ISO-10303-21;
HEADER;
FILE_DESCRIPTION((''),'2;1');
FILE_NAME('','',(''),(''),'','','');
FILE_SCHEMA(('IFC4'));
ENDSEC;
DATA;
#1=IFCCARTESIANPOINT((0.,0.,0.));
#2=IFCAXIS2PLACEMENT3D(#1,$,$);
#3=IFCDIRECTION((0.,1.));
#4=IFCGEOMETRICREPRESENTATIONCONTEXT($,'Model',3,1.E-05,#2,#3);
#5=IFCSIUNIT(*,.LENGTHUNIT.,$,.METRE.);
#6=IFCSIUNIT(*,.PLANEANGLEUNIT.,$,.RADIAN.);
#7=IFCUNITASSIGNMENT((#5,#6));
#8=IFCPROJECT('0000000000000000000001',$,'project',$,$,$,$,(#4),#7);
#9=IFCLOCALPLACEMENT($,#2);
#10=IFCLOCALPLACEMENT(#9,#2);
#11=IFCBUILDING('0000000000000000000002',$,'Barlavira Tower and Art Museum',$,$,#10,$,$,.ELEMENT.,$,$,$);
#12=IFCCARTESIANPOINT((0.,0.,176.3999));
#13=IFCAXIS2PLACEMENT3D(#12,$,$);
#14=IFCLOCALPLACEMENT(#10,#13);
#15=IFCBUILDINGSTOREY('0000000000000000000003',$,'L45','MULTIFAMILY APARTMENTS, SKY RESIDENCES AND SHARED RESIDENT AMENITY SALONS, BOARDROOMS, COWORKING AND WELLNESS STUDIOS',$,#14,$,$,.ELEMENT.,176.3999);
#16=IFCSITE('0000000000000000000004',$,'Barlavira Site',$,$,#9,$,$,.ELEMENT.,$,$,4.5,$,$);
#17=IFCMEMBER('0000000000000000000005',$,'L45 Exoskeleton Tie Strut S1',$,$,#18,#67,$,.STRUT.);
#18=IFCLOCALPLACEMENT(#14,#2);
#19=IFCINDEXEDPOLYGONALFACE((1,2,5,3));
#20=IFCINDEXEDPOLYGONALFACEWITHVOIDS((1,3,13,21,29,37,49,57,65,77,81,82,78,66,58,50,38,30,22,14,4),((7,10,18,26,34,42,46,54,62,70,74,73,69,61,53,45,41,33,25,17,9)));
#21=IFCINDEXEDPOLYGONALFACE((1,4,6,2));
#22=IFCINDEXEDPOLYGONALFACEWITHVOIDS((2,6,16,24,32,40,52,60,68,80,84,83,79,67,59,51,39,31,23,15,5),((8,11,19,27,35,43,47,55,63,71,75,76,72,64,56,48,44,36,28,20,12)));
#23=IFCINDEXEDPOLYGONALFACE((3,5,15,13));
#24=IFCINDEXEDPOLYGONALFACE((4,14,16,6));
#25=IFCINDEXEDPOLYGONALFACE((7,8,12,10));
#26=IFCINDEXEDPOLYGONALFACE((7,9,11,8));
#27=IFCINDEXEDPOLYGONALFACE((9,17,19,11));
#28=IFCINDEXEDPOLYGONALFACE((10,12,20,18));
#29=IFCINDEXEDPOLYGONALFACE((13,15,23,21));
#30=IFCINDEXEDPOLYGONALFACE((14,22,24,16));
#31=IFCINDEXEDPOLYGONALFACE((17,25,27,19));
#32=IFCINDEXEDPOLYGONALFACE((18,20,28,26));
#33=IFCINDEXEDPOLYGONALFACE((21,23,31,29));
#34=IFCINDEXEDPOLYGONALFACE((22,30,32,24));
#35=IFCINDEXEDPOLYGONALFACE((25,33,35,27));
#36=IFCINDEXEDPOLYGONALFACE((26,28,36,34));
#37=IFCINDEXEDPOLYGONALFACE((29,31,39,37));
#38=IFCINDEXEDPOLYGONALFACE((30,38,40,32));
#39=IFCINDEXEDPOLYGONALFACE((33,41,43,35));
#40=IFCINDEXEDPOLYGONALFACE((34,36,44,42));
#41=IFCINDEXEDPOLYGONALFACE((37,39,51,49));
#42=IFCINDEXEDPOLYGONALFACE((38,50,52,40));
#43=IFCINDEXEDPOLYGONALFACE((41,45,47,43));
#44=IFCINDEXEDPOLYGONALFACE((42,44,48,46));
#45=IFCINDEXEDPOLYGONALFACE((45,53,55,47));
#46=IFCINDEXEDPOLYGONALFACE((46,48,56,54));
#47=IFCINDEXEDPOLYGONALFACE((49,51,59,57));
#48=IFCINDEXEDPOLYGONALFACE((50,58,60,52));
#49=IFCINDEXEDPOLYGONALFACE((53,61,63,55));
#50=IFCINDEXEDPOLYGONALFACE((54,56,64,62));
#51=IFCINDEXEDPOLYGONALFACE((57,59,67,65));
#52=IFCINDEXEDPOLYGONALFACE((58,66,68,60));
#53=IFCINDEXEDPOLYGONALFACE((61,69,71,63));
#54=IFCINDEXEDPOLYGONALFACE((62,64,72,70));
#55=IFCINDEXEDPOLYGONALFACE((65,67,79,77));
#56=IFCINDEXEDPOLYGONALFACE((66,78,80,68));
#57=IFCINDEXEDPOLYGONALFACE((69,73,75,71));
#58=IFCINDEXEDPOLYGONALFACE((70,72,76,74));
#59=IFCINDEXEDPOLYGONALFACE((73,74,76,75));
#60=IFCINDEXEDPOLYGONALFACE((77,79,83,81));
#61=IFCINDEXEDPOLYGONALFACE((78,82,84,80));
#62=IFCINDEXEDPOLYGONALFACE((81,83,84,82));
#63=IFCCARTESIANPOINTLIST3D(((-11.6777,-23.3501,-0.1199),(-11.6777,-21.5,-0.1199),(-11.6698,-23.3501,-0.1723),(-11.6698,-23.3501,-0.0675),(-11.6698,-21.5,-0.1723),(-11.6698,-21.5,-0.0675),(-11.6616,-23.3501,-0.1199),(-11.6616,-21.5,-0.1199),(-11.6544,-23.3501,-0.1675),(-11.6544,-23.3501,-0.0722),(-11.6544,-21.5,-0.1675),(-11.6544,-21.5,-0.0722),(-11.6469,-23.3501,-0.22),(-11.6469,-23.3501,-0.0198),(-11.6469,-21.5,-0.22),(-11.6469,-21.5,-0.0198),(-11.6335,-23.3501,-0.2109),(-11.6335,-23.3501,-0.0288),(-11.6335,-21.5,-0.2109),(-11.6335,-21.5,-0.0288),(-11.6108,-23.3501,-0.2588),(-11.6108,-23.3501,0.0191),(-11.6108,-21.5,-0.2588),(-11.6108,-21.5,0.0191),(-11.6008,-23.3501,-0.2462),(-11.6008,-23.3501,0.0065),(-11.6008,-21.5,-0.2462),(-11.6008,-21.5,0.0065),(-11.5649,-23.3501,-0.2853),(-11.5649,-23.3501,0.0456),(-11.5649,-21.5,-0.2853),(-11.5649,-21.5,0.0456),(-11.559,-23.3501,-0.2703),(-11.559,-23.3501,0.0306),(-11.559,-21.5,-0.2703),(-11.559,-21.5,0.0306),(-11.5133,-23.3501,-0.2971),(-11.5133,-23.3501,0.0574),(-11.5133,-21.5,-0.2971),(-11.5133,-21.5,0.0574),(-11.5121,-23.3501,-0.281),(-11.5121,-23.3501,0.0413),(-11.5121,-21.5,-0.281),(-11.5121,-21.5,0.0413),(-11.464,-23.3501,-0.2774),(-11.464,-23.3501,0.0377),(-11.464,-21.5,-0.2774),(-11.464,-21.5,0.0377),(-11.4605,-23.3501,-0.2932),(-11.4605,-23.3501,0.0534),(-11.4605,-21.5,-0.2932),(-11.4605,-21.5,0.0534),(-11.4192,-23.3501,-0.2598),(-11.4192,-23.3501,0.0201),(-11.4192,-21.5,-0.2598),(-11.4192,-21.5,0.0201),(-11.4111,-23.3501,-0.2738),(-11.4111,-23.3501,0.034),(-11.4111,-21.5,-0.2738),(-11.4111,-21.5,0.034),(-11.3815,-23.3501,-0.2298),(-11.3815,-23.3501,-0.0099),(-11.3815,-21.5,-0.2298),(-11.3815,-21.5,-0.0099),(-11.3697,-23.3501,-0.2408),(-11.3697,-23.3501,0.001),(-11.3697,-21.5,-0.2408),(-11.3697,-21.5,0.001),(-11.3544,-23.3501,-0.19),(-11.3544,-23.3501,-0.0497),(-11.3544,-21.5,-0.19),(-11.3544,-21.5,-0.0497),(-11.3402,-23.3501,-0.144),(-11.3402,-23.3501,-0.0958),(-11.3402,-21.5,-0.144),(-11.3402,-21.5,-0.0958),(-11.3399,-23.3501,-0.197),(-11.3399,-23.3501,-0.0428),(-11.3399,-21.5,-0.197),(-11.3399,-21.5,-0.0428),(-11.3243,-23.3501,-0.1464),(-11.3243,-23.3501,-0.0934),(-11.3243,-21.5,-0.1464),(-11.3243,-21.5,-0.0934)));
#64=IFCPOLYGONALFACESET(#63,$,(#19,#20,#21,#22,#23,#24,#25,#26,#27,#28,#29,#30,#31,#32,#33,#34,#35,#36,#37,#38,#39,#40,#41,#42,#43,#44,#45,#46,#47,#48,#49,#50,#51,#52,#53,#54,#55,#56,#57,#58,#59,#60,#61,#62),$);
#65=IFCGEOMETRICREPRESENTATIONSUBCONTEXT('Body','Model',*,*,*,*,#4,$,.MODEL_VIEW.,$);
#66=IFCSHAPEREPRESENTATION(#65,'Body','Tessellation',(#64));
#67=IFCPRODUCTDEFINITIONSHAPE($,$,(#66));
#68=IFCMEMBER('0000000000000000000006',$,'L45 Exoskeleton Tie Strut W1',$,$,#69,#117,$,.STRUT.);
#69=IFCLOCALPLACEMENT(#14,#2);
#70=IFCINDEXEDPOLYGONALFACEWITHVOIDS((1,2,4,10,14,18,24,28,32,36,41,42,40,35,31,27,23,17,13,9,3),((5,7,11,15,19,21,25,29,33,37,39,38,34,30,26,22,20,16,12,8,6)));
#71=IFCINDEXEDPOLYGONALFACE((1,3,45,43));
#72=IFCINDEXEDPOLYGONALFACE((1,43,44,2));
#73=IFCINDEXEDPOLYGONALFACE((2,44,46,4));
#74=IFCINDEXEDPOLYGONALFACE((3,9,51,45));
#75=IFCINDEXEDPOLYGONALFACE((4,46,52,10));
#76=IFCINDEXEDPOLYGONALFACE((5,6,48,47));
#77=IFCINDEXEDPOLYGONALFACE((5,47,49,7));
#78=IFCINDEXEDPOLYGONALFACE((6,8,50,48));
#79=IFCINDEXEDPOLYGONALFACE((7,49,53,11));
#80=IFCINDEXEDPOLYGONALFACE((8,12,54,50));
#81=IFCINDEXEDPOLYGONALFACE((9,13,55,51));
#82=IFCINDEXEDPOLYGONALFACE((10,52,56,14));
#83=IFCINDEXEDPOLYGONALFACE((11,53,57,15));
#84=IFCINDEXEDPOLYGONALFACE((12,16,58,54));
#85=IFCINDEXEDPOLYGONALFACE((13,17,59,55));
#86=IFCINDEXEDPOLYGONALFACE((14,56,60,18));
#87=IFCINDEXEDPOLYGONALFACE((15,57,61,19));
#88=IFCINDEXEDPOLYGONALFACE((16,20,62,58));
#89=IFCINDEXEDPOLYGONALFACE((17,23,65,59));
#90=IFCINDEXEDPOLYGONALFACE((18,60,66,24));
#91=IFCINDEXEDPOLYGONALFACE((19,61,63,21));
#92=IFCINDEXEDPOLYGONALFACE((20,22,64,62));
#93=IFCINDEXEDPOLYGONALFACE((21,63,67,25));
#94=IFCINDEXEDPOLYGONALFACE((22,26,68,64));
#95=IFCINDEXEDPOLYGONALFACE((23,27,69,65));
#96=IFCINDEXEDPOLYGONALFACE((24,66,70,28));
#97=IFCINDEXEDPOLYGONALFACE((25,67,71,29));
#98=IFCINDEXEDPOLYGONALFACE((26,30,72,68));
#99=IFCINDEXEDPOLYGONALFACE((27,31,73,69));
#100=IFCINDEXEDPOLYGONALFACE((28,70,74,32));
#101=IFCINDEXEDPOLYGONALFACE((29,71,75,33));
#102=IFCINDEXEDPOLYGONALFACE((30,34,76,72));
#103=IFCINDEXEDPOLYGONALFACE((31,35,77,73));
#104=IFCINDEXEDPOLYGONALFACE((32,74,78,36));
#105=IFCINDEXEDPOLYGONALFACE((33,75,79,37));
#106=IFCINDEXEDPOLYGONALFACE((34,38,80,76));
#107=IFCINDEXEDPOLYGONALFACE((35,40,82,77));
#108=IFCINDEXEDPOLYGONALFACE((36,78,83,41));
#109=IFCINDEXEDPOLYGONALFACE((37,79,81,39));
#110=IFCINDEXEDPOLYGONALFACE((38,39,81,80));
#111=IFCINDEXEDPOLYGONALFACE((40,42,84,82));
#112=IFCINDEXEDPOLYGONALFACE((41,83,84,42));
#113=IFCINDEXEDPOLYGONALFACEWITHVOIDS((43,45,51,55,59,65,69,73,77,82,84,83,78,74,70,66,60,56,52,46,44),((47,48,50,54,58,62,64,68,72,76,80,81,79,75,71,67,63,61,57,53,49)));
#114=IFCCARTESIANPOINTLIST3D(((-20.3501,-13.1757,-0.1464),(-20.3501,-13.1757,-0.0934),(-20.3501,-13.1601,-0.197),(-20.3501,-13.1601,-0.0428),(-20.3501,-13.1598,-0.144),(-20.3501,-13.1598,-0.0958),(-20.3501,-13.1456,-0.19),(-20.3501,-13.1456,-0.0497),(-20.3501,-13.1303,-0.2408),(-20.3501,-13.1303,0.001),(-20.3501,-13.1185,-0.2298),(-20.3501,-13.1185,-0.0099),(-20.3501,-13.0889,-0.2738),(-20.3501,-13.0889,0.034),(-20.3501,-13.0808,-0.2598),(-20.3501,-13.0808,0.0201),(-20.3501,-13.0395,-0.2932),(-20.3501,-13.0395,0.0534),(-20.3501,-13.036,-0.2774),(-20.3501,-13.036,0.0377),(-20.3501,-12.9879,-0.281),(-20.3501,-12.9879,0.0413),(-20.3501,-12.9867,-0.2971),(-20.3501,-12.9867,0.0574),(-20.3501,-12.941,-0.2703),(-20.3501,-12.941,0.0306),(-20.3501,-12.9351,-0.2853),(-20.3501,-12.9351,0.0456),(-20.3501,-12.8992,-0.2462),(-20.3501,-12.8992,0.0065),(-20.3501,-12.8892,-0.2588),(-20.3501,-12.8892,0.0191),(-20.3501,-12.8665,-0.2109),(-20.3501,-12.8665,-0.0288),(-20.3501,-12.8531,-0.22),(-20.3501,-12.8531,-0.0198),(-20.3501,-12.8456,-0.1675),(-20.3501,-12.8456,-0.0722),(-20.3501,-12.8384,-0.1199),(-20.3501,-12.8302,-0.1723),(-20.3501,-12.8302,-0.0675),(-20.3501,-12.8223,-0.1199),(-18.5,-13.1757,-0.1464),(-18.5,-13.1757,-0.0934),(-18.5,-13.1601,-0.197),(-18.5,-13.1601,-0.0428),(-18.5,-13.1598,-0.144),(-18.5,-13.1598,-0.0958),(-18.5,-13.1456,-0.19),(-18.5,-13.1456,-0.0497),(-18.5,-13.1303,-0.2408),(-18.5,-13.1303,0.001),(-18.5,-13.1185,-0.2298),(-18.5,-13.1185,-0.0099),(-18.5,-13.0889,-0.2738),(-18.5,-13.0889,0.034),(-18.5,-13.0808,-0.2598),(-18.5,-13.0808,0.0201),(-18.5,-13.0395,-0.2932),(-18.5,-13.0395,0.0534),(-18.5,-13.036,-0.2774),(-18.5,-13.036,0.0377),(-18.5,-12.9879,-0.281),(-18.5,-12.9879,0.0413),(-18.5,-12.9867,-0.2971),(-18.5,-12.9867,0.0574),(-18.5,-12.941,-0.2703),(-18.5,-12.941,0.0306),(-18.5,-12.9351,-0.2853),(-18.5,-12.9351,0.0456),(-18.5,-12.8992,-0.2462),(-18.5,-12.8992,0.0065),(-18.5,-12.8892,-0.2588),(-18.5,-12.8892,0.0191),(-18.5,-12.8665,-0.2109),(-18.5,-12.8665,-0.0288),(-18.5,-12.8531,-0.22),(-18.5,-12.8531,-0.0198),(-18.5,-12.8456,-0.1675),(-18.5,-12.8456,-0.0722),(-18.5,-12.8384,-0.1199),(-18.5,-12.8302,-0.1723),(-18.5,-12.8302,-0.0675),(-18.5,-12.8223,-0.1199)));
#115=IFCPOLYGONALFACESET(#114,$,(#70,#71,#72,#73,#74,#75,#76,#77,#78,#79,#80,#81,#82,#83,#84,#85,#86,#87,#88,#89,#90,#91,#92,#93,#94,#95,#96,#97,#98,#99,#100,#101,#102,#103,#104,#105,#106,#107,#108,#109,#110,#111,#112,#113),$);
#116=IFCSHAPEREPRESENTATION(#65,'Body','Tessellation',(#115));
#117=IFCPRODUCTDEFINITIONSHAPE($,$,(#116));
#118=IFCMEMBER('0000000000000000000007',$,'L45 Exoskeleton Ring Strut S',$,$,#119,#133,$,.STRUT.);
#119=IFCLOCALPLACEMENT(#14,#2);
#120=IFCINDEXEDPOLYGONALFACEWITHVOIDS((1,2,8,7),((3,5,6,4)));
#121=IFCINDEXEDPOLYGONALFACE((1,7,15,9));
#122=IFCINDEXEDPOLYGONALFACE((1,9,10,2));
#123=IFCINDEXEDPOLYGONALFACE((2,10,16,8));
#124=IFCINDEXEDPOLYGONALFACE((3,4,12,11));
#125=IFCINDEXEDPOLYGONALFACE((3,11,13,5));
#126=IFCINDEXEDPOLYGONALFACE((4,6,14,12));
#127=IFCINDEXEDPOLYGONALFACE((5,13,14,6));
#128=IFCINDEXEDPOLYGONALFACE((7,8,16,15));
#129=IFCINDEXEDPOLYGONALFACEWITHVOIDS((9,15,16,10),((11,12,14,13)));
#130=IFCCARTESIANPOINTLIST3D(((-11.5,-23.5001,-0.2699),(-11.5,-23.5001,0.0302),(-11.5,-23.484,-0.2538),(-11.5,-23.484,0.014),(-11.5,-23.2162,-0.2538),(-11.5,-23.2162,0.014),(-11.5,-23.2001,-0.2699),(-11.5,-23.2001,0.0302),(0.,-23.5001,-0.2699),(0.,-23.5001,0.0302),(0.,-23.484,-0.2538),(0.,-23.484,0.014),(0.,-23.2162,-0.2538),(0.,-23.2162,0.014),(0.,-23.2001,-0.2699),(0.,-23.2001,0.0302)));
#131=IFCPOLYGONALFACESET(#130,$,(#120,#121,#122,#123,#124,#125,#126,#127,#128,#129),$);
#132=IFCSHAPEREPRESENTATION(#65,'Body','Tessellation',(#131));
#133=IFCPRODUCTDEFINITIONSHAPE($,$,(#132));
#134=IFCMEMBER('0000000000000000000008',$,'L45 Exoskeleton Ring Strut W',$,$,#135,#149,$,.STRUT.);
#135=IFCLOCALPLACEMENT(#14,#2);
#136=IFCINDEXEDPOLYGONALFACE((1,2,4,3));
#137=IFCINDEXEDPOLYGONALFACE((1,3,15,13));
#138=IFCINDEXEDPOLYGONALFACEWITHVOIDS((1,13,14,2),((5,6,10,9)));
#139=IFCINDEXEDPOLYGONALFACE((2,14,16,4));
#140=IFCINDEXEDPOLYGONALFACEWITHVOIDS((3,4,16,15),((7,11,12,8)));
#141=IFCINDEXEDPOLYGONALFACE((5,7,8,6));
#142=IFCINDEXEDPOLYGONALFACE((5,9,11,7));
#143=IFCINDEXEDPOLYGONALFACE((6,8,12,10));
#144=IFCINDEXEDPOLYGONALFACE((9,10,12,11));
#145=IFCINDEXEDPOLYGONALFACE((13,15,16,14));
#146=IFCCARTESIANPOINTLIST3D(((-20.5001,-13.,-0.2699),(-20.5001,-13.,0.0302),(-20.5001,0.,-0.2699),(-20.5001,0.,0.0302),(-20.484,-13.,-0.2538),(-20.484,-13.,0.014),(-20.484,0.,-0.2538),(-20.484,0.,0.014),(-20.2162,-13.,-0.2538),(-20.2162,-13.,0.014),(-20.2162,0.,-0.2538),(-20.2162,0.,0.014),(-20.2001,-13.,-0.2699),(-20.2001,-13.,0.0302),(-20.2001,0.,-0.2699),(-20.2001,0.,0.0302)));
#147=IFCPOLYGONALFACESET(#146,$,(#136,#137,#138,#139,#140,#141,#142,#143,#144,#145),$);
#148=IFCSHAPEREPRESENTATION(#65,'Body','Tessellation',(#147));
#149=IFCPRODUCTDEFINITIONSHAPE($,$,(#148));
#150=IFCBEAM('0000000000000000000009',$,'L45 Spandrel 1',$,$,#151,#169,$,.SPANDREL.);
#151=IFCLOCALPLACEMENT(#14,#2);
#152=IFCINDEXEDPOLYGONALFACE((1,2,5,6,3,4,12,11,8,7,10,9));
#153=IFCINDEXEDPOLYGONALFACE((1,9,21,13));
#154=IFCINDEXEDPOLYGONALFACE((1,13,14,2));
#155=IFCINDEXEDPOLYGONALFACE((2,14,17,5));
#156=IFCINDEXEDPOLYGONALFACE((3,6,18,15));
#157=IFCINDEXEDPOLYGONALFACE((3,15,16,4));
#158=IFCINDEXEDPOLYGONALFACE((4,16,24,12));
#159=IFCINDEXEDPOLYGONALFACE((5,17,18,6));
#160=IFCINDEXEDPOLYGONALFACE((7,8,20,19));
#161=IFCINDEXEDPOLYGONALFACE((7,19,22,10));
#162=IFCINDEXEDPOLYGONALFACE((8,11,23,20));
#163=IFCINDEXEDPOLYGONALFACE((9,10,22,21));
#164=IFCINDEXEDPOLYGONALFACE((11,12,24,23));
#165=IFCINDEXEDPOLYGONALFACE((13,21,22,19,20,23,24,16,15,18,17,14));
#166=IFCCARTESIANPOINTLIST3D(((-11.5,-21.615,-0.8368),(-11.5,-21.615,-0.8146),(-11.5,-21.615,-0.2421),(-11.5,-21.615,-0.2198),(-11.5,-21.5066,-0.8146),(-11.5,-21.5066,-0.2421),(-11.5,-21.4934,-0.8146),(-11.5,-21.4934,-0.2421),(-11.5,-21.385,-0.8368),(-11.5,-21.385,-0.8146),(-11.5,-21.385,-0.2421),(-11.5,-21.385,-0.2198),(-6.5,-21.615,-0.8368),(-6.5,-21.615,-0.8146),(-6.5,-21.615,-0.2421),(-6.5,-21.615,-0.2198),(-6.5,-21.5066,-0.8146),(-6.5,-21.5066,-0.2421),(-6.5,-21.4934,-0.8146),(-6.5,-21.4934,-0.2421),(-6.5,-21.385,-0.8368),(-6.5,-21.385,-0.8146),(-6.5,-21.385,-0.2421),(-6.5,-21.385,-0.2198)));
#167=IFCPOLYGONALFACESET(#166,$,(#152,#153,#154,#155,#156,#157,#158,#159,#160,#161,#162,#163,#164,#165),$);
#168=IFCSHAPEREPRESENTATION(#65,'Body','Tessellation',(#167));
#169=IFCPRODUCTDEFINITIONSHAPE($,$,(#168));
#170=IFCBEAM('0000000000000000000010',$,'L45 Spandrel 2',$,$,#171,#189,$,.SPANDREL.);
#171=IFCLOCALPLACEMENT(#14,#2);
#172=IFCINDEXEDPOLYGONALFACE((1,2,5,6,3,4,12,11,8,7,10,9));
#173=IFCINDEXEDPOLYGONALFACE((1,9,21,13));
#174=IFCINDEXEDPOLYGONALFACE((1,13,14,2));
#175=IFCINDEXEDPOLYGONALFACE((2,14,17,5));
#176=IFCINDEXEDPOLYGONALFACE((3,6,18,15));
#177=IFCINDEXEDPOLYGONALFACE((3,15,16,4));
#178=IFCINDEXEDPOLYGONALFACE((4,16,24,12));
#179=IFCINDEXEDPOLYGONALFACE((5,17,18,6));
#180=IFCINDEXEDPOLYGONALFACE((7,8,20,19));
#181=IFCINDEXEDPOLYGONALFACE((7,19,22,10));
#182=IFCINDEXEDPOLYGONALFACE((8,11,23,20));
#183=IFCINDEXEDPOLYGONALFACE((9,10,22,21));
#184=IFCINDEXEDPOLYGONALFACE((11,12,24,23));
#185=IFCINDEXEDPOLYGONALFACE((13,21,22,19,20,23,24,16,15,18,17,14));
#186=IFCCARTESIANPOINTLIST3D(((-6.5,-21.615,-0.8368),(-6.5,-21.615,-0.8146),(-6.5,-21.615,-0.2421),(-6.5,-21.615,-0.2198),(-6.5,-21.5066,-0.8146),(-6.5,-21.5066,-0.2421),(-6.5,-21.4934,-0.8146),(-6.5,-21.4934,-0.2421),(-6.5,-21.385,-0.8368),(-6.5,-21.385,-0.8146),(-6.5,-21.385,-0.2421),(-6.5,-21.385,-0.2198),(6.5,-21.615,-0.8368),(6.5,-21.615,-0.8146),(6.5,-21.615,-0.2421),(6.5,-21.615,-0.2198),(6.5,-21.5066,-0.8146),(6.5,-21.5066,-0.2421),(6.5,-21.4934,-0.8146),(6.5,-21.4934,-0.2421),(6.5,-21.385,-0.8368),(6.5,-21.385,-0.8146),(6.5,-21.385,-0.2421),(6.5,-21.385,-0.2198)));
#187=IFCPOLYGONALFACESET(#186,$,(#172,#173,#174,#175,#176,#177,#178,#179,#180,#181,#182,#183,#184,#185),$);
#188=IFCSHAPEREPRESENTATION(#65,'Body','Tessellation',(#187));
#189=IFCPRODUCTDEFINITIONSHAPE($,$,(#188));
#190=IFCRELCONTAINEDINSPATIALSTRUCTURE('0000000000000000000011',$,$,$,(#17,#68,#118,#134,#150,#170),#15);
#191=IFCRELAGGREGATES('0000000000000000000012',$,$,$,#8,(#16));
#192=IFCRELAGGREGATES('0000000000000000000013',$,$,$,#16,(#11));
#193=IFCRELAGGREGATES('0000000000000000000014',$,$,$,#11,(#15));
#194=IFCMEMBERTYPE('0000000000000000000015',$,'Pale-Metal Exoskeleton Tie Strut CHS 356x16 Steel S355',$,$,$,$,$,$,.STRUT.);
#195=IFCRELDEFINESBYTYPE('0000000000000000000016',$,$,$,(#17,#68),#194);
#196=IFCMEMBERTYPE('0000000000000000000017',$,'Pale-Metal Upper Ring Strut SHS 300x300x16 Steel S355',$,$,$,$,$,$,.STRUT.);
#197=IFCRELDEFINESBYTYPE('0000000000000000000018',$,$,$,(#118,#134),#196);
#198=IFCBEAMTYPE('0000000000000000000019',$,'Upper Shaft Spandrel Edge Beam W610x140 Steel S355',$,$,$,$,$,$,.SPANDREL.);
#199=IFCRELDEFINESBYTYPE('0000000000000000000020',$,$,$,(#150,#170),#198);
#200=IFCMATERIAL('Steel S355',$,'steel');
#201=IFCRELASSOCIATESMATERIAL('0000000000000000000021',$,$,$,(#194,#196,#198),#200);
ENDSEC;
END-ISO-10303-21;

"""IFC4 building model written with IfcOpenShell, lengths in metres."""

from ifc_helpers import new_model, si_unit, direction, frame, origin, origin_2d, place, context, subcontext, project, spatial, hollow_rectangle, hollow_circle, i_section, extrude, material, material_profile, profile_set, type_object, element, save


model = new_model("IFC4")

# Units and contexts
model_context = context("Model", 3, precision=1e-05, world=origin(), true_north=direction((0.0, 1.0)))
body_context = subcontext(model_context, "Body", "Model", "MODEL_VIEW")
ifc_project = project(units=[si_unit("LENGTHUNIT", "METRE"), si_unit("PLANEANGLEUNIT", "RADIAN")], contexts=[model_context])

# Site, building, storey
site_placement = place(None, origin())
site = spatial("IfcSite", under=ifc_project, at=site_placement, Name="Barlavira Site", CompositionType="ELEMENT", RefElevation=4.5)
building_placement = place(site_placement, origin())
building = spatial("IfcBuilding", under=site, at=building_placement, Name="Barlavira Tower and Art Museum", CompositionType="ELEMENT")
storey_placement = place(building_placement, frame((0.0, 0.0, 176.3999)))
storey = spatial("IfcBuildingStorey", under=building, at=storey_placement, Name="L45", Description="MULTIFAMILY APARTMENTS, SKY RESIDENCES AND SHARED RESIDENT AMENITY SALONS, BOARDROOMS, COWORKING AND WELLNESS STUDIOS", CompositionType="ELEMENT", Elevation=176.3999)

# Members
ifc_material_1 = material(Name="Steel S355", Category="steel")
ifc_material_profile_1 = material_profile(ifc_material_1, hollow_circle(Radius=0.1777, WallThickness=0.0161, at=origin_2d()), Name="CHS 355.6x16.0")
ifc_profile_set_1 = profile_set([ifc_material_profile_1], Name="Steel S355")
member_type_1 = type_object("IfcMemberType", Name="Pale-Metal Exoskeleton Tie Strut CHS 356x16 Steel S355", PredefinedType="STRUT", material=ifc_profile_set_1)
for number, where, z_axis, x_axis, name in (
    (1, (-11.5, -23.3501, -0.1199), (0.0, 1.0, 0.0), (-1.0, 0.0, 0.0), "L45 Exoskeleton Tie Strut S1"),
    (2, (-20.3501, -13.0, -0.1199), (1.0, 0.0, 0.0), (0.0, 1.0, 0.0), "L45 Exoskeleton Tie Strut W1"),
):
    element("IfcMember", number, at=place(storey_placement, frame(where, z_axis=z_axis, x_axis=x_axis)), inside=storey, type_object=member_type_1, Name=name, PredefinedType="STRUT", context=body_context, shape_type="SweptSolid", body=[
        extrude(hollow_circle(Radius=0.1777, WallThickness=0.0161, at=origin_2d()), origin(), (0.0, 0.0, 1.0), 1.8501),
    ])
ifc_material_profile_2 = material_profile(ifc_material_1, hollow_rectangle(XDim=0.3, YDim=0.3, WallThickness=0.0161, at=origin_2d()), Name="SHS 300x300x16.0")
ifc_profile_set_2 = profile_set([ifc_material_profile_2], Name="Steel S355")
member_type_2 = type_object("IfcMemberType", Name="Pale-Metal Upper Ring Strut SHS 300x300x16 Steel S355", PredefinedType="STRUT", material=ifc_profile_set_2)
member_1_placement = place(storey_placement, frame((-11.5, -23.3501, -0.1199), z_axis=(1.0, 0.0, 0.0), x_axis=(0.0, 1.0, 0.0)))
element("IfcMember", 3, at=member_1_placement, inside=storey, type_object=member_type_2, Name="L45 Exoskeleton Ring Strut S", PredefinedType="STRUT", context=body_context, shape_type="SweptSolid", body=[
    extrude(hollow_rectangle(XDim=0.3, YDim=0.3, WallThickness=0.0161, at=origin_2d()), origin(), (0.0, 0.0, 1.0), 11.5),
])
member_2_placement = place(storey_placement, frame((-20.3501, -13.0, -0.1199), z_axis=(0.0, 1.0, 0.0), x_axis=(-1.0, 0.0, 0.0)))
element("IfcMember", 4, at=member_2_placement, inside=storey, type_object=member_type_2, Name="L45 Exoskeleton Ring Strut W", PredefinedType="STRUT", context=body_context, shape_type="SweptSolid", body=[
    extrude(hollow_rectangle(XDim=0.3, YDim=0.3, WallThickness=0.0161, at=origin_2d()), origin(), (0.0, 0.0, 1.0), 13.0),
])

# Beams
ifc_material_profile_3 = material_profile(ifc_material_1, i_section(OverallWidth=0.23, OverallDepth=0.6169, WebThickness=0.0132, FlangeThickness=0.0222, at=origin_2d()), Name="W610x140.0")
ifc_profile_set_3 = profile_set([ifc_material_profile_3], Name="Steel S355")
beam_type_1 = type_object("IfcBeamType", Name="Upper Shaft Spandrel Edge Beam W610x140 Steel S355", PredefinedType="SPANDREL", material=ifc_profile_set_3)
beam_1_placement = place(storey_placement, frame((-11.5, -21.5, -0.5283), z_axis=(1.0, 0.0, 0.0), x_axis=(0.0, 1.0, 0.0)))
element("IfcBeam", 5, at=beam_1_placement, inside=storey, type_object=beam_type_1, Name="L45 Spandrel 1", PredefinedType="SPANDREL", context=body_context, shape_type="SweptSolid", body=[
    extrude(i_section(OverallWidth=0.23, OverallDepth=0.6169, WebThickness=0.0132, FlangeThickness=0.0222, at=origin_2d()), origin(), (0.0, 0.0, 1.0), 5.0),
])
beam_2_placement = place(storey_placement, frame((-6.5, -21.5, -0.5283), z_axis=(1.0, 0.0, 0.0), x_axis=(0.0, 1.0, 0.0)))
element("IfcBeam", 6, at=beam_2_placement, inside=storey, type_object=beam_type_1, Name="L45 Spandrel 2", PredefinedType="SPANDREL", context=body_context, shape_type="SweptSolid", body=[
    extrude(i_section(OverallWidth=0.23, OverallDepth=0.6169, WebThickness=0.0132, FlangeThickness=0.0222, at=origin_2d()), origin(), (0.0, 0.0, 1.0), 13.0),
])

save(model, "model.ifc")
